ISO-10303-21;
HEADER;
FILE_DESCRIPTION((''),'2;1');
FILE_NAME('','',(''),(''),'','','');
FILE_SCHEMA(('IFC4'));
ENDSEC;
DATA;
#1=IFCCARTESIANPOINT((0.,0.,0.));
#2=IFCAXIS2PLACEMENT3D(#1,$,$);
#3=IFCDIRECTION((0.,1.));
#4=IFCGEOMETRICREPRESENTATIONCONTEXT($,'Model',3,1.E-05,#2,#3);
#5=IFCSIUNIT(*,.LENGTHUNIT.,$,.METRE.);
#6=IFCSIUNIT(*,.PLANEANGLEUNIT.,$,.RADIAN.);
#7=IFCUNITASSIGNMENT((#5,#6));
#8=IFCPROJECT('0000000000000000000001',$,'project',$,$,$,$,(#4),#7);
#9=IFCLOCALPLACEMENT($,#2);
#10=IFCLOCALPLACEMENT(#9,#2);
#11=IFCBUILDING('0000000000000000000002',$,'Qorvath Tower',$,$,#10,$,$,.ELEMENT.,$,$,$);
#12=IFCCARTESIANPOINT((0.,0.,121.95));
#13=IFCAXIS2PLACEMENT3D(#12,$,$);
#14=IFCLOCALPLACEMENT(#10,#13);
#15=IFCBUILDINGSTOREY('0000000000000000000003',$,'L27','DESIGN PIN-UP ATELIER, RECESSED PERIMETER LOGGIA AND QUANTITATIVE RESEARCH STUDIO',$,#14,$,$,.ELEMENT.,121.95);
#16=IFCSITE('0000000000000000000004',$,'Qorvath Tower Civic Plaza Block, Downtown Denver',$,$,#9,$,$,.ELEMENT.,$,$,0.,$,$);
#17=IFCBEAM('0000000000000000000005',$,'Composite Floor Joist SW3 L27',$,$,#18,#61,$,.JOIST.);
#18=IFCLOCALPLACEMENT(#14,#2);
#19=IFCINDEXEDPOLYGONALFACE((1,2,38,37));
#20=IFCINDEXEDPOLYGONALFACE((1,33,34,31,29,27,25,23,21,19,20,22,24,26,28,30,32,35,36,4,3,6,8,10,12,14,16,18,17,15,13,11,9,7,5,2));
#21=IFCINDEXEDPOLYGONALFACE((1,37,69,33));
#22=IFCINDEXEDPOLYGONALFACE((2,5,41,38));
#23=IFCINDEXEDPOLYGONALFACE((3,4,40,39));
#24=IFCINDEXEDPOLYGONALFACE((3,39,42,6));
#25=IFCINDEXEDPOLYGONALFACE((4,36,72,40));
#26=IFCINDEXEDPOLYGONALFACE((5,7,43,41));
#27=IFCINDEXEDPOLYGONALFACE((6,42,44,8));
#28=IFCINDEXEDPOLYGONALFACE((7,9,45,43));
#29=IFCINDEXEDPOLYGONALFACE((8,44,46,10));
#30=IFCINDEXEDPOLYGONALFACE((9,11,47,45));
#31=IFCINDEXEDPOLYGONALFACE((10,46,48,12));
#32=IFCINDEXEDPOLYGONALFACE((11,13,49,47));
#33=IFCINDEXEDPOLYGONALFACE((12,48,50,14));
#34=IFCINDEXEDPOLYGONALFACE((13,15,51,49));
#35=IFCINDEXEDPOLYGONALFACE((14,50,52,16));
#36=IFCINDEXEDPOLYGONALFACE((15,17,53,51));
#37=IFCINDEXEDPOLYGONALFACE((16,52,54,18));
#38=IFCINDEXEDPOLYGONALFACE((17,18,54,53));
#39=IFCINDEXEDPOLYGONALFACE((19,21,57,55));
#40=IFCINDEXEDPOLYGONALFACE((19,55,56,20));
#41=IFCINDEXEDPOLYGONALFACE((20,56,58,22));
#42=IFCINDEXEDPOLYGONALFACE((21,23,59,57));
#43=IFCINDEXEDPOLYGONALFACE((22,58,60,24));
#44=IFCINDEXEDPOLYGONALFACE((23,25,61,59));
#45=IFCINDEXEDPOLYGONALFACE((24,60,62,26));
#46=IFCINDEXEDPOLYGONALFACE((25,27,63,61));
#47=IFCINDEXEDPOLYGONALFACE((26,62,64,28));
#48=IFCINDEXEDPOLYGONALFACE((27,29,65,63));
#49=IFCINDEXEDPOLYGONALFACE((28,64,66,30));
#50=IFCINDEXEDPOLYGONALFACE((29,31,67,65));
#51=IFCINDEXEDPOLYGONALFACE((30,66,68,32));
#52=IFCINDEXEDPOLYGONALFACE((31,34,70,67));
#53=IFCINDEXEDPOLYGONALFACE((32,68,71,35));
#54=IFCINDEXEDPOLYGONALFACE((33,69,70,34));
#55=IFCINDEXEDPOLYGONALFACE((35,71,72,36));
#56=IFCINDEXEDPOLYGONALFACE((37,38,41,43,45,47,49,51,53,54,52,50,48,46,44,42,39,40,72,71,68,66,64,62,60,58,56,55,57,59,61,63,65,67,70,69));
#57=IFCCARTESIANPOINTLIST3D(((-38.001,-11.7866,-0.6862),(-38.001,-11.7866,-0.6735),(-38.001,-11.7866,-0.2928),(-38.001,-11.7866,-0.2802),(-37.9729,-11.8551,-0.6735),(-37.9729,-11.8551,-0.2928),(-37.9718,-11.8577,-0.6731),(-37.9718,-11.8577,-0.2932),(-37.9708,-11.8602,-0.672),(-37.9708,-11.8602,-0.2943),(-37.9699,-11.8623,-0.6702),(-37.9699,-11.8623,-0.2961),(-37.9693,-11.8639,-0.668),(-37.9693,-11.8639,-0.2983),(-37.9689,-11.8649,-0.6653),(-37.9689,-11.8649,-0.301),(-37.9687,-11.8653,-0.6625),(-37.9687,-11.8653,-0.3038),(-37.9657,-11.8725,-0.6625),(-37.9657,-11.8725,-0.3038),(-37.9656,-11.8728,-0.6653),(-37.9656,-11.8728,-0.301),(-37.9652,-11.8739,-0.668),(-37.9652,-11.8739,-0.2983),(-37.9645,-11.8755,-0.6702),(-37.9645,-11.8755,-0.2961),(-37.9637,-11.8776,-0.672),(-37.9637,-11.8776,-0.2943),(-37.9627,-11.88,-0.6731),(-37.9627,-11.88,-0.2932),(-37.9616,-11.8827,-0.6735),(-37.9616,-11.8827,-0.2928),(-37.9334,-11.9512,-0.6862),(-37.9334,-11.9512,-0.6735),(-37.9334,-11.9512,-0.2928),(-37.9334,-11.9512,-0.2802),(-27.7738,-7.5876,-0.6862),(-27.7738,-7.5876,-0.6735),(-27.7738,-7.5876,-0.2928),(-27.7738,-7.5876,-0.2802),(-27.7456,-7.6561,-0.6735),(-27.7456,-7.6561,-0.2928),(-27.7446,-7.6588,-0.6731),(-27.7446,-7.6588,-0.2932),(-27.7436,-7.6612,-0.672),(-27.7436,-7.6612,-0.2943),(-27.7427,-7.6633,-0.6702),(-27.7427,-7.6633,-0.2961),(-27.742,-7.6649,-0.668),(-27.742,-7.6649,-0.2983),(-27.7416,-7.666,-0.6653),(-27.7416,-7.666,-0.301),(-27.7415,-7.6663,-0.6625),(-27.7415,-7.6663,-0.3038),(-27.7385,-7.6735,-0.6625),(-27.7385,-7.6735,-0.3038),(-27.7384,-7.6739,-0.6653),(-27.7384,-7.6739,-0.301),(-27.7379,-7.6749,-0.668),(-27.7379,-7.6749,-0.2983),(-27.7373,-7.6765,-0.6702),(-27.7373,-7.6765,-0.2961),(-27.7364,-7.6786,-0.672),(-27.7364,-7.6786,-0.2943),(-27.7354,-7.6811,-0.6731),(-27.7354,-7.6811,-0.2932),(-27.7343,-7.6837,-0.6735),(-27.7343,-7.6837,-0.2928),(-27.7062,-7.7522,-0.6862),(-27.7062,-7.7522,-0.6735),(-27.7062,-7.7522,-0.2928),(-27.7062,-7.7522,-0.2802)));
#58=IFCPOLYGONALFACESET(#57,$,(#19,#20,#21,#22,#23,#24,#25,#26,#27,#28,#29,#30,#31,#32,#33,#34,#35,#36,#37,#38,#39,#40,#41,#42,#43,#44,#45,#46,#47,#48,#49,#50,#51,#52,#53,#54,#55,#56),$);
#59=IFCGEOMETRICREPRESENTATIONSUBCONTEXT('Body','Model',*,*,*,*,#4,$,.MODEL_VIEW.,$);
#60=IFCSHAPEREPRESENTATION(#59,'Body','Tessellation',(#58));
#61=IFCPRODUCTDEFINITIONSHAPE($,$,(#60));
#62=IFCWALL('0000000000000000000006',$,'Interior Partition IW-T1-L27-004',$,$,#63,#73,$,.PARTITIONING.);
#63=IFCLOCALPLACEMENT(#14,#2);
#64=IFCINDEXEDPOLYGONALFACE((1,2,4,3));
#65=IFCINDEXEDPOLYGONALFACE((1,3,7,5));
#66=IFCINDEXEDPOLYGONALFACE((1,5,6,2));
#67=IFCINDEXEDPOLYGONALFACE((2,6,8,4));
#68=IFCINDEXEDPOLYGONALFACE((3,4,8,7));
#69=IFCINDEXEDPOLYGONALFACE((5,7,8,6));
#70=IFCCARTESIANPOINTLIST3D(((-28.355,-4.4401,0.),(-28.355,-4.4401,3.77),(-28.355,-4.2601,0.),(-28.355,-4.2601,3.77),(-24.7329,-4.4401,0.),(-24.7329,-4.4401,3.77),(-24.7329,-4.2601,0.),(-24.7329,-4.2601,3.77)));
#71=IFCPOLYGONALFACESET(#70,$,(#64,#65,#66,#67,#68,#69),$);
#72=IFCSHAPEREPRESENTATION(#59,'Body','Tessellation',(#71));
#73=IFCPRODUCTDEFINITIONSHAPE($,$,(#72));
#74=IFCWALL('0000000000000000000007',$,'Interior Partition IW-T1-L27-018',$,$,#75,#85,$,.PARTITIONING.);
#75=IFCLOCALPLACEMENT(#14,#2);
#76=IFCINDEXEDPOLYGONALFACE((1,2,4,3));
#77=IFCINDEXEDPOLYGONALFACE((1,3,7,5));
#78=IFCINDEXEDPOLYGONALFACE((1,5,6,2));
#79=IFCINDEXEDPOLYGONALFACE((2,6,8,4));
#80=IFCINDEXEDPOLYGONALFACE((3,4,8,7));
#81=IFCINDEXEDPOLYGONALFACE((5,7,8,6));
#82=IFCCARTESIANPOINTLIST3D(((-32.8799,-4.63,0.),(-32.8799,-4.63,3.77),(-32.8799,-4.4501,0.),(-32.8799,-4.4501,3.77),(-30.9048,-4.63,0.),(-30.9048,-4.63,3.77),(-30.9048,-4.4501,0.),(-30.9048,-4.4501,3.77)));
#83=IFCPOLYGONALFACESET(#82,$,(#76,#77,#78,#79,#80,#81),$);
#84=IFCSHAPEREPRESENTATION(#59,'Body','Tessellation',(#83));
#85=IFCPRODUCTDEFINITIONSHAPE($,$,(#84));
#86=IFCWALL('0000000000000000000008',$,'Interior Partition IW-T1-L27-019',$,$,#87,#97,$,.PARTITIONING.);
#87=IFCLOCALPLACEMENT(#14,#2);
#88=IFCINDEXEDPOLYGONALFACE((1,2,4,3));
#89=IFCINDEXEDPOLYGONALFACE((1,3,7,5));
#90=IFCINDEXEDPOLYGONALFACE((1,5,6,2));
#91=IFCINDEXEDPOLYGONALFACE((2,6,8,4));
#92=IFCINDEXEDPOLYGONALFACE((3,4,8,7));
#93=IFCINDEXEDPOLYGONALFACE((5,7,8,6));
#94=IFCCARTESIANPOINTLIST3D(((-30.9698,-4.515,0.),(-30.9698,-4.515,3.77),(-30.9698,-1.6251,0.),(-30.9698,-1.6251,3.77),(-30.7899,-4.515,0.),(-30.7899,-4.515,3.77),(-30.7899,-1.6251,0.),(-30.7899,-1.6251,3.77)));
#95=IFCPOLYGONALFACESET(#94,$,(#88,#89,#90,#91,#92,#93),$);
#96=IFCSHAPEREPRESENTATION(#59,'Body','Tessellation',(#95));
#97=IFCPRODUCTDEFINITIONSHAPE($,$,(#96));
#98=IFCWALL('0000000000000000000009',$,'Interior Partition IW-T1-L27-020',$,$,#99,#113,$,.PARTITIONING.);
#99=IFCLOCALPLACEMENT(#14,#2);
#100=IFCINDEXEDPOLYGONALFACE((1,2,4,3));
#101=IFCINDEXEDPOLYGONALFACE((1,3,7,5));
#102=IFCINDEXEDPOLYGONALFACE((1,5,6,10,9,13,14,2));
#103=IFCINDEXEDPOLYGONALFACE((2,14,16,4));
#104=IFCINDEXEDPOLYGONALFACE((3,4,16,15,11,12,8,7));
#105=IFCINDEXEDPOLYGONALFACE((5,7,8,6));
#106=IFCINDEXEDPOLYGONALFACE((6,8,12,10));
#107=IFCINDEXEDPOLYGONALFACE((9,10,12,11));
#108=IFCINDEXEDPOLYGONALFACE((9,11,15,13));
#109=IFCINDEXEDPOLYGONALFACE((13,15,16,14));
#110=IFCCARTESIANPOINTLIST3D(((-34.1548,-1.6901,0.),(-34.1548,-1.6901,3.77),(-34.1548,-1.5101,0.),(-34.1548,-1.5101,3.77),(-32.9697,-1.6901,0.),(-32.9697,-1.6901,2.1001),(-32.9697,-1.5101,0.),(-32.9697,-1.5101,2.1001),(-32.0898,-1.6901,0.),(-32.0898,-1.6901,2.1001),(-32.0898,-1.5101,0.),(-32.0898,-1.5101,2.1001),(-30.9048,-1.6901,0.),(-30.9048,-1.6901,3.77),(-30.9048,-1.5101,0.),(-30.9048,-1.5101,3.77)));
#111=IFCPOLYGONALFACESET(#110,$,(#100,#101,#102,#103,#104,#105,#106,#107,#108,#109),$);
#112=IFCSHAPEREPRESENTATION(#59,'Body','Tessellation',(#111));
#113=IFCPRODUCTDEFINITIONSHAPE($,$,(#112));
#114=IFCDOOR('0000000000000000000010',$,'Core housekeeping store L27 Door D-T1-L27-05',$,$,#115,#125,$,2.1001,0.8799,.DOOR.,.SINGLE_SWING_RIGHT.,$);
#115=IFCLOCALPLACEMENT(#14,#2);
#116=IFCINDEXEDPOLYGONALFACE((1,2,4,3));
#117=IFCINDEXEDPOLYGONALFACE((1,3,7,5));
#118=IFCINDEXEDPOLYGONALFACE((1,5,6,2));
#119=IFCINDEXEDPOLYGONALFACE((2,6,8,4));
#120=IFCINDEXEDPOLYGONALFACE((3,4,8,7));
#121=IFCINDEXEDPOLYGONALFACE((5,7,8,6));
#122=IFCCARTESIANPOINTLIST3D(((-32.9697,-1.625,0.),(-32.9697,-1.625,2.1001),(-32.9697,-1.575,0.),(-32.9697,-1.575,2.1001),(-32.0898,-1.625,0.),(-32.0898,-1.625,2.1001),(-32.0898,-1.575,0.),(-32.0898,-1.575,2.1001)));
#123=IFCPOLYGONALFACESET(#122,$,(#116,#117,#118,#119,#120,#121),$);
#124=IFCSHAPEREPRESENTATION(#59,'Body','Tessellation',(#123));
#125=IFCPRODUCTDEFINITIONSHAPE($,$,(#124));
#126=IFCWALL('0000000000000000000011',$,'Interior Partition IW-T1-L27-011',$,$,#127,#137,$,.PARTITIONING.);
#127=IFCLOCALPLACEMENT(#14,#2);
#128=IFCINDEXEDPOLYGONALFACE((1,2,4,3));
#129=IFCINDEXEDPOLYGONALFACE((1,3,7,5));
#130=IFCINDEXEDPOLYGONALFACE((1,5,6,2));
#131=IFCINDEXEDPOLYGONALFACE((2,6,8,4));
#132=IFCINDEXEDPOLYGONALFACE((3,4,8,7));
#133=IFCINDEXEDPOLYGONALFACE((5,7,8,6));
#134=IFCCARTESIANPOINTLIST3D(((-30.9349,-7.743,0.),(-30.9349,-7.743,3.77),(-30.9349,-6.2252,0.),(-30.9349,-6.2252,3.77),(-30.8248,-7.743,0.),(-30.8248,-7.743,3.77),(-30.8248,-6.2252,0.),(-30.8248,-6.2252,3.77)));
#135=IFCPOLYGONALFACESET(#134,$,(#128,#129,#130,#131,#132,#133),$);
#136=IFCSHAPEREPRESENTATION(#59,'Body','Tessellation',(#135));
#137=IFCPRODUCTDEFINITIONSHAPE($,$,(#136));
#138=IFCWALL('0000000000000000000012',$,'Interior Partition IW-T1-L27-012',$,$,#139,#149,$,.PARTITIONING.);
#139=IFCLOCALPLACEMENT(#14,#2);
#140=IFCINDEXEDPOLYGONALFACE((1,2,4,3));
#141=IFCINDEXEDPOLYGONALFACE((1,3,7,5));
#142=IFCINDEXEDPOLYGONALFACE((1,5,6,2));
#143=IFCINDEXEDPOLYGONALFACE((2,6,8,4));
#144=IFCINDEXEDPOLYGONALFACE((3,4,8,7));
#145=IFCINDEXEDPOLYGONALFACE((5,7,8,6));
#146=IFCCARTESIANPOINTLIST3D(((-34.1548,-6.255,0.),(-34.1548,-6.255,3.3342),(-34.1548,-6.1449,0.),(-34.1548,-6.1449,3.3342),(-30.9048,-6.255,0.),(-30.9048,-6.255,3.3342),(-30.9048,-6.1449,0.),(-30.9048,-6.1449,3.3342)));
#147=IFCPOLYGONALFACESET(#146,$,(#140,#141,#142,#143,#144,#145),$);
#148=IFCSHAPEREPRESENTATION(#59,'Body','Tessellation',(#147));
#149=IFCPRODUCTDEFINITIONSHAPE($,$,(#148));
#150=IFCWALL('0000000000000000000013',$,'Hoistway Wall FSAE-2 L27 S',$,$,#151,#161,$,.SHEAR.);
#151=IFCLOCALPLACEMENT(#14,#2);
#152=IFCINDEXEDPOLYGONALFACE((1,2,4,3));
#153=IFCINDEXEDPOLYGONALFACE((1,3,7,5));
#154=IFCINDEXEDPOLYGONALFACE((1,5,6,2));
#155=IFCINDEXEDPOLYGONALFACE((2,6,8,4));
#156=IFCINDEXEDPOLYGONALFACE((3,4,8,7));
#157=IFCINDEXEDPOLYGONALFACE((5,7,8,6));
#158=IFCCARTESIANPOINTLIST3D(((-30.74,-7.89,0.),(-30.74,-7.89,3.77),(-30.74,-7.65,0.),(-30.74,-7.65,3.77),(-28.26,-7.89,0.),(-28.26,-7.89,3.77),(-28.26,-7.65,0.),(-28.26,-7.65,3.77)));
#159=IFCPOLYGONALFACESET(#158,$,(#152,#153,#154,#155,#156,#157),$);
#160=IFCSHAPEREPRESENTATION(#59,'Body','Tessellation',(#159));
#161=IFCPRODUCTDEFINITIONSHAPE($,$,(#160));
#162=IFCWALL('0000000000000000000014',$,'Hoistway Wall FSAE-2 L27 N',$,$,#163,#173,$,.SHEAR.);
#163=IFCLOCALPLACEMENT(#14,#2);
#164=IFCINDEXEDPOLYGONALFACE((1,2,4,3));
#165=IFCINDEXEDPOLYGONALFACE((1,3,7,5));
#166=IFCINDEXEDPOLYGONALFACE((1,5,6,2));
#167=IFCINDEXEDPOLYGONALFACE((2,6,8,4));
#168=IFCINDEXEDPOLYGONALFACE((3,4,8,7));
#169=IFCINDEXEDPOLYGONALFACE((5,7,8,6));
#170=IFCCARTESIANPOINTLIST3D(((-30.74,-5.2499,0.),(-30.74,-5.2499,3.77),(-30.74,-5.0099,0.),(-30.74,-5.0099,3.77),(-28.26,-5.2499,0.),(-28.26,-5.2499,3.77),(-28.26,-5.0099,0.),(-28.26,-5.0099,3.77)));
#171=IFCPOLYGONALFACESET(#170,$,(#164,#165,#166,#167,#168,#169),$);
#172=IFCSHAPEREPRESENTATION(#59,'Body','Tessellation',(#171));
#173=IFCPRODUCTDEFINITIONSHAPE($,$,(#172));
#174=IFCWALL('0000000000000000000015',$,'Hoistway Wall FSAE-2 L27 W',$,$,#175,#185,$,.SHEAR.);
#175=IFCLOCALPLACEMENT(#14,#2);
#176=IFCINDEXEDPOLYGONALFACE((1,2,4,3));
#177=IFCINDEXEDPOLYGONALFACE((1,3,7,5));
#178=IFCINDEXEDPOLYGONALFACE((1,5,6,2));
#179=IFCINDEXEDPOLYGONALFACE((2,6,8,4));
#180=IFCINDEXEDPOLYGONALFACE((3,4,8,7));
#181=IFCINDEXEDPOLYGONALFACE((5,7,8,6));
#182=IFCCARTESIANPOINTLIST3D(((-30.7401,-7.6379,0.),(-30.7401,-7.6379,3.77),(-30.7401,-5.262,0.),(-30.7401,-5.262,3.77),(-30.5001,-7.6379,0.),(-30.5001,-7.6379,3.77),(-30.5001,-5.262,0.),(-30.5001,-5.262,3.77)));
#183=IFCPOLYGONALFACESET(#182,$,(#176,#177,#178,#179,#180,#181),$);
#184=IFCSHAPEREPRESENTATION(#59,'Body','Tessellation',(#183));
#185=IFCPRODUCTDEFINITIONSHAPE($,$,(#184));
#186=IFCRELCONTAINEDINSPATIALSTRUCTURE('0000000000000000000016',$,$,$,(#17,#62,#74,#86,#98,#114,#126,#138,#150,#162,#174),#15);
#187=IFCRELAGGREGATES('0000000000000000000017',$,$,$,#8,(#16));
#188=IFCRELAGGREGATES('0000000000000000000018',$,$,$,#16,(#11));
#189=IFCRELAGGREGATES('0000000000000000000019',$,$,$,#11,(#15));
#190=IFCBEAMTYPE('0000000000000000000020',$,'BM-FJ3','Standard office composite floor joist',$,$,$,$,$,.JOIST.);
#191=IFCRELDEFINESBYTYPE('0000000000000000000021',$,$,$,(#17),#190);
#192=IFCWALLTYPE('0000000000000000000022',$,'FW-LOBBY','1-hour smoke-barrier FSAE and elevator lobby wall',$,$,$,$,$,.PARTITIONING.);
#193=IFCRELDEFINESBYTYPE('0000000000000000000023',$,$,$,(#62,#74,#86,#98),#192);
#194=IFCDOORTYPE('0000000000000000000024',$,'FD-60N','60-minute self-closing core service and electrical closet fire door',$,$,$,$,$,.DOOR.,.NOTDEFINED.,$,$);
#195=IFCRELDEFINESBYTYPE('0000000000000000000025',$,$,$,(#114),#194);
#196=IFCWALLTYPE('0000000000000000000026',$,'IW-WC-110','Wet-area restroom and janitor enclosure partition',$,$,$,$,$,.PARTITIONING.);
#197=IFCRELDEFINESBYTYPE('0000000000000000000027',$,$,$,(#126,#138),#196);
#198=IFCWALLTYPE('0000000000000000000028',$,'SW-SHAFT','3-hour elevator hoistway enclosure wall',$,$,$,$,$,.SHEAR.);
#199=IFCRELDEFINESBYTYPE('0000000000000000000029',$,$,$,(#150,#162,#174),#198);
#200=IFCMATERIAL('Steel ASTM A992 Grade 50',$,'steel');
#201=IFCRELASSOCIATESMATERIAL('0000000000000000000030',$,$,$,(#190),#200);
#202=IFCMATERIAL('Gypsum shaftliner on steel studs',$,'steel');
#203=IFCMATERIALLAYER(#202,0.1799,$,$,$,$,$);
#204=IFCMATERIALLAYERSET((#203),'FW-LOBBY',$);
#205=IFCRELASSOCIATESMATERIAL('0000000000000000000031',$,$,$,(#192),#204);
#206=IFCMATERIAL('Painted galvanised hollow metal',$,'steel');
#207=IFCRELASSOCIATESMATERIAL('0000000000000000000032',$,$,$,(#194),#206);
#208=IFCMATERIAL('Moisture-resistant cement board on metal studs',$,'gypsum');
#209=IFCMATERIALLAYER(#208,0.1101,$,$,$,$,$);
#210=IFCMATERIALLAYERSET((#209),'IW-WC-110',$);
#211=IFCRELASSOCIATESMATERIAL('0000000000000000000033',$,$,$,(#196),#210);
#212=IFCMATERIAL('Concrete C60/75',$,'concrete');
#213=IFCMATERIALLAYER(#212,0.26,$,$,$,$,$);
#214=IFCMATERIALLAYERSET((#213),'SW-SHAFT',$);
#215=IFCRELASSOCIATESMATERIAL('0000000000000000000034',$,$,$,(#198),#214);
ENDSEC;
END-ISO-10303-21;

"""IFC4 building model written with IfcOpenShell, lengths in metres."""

from ifc_helpers import new_model, si_unit, direction, frame, frame_2d, origin, origin_2d, place, context, subcontext, project, spatial, rectangle, i_section, extrude, material, layer, layer_set, material_profile, profile_set, type_object, element, fill, save


model = new_model("IFC4")

# Units and contexts
model_context = context("Model", 3, precision=1e-05, world=origin(), true_north=direction((0.0, 1.0)))
body_context = subcontext(model_context, "Body", "Model", "MODEL_VIEW")
ifc_project = project(units=[si_unit("LENGTHUNIT", "METRE"), si_unit("PLANEANGLEUNIT", "RADIAN")], contexts=[model_context])

# Site, building, storey
site_placement = place(None, origin())
site = spatial("IfcSite", under=ifc_project, at=site_placement, Name="Qorvath Tower Civic Plaza Block, Downtown Denver", CompositionType="ELEMENT", RefElevation=0.0)
building_placement = place(site_placement, origin())
building = spatial("IfcBuilding", under=site, at=building_placement, Name="Qorvath Tower", CompositionType="ELEMENT")
storey_placement = place(building_placement, frame((0.0, 0.0, 121.95)))
storey = spatial("IfcBuildingStorey", under=building, at=storey_placement, Name="L27", Description="DESIGN PIN-UP ATELIER, RECESSED PERIMETER LOGGIA AND QUANTITATIVE RESEARCH STUDIO", CompositionType="ELEMENT", Elevation=121.95)

# Beam
ifc_material_1 = material(Name="Steel ASTM A992 Grade 50", Category="steel")
ifc_material_profile_1 = material_profile(ifc_material_1, i_section(OverallWidth=0.178, OverallDepth=0.406, WebThickness=0.0078, FlangeThickness=0.0127, FilletRadius=0.011, at=origin_2d()), Name="W16x40")
ifc_profile_set_1 = profile_set([ifc_material_profile_1], Name="Steel ASTM A992 Grade 50")
beam_type_1 = type_object("IfcBeamType", Name="BM-FJ3", Description="Standard office composite floor joist", PredefinedType="JOIST", material=ifc_profile_set_1)
beam_1_placement = place(storey_placement, frame((-27.74, -7.6699, -0.4832), z_axis=(-0.925068, -0.379801, 0.0), x_axis=(0.379801, -0.925068, 0.0)))
element("IfcBeam", 1, at=beam_1_placement, inside=storey, type_object=beam_type_1, Name="Composite Floor Joist SW3 L27", PredefinedType="JOIST", context=body_context, shape_type="SweptSolid", body=[
    extrude(i_section(OverallWidth=0.178, OverallDepth=0.406, WebThickness=0.0078, FlangeThickness=0.0127, FilletRadius=0.011, at=origin_2d()), origin(), (0.0, 0.0, 1.0), 11.0557),
])

# Walls
ifc_material_2 = material(Name="Gypsum shaftliner on steel studs", Category="steel")
ifc_layer_1 = layer(ifc_material_2, 0.1799)
ifc_layer_set_1 = layer_set([ifc_layer_1], Name="FW-LOBBY")
wall_type_1 = type_object("IfcWallType", Name="FW-LOBBY", Description="1-hour smoke-barrier FSAE and elevator lobby wall", PredefinedType="PARTITIONING", material=ifc_layer_set_1)
wall_1_placement = place(storey_placement, frame((-24.7329, -4.3501, 0.0), z_axis=(0.0, 0.0, 1.0), x_axis=(-1.0, 0.0, 0.0)))
element("IfcWall", 2, at=wall_1_placement, inside=storey, type_object=wall_type_1, Name="Interior Partition IW-T1-L27-004", PredefinedType="PARTITIONING", context=body_context, shape_type="SweptSolid", body=[
    extrude(rectangle(XDim=3.6221, YDim=0.1799, at=frame_2d((1.811, 0.0))), origin(), (0.0, 0.0, 1.0), 3.77),
])
wall_2_placement = place(storey_placement, frame((-32.8799, -4.54, 0.0), z_axis=(0.0, 0.0, 1.0), x_axis=(1.0, 0.0, 0.0)))
element("IfcWall", 3, at=wall_2_placement, inside=storey, type_object=wall_type_1, Name="Interior Partition IW-T1-L27-018", PredefinedType="PARTITIONING", context=body_context, shape_type="SweptSolid", body=[
    extrude(rectangle(XDim=1.9751, YDim=0.1799, at=frame_2d((0.9875, 0.0))), origin(), (0.0, 0.0, 1.0), 3.77),
])
wall_3_placement = place(storey_placement, frame((-30.8799, -4.5149, 0.0), z_axis=(0.0, 0.0, 1.0), x_axis=(0.0, 1.0, 0.0)))
element("IfcWall", 4, at=wall_3_placement, inside=storey, type_object=wall_type_1, Name="Interior Partition IW-T1-L27-019", PredefinedType="PARTITIONING", context=body_context, shape_type="SweptSolid", body=[
    extrude(rectangle(XDim=2.8899, YDim=0.1799, at=frame_2d((1.4448, 0.0))), origin(), (0.0, 0.0, 1.0), 3.77),
])

# Wall, opening, door
wall_4_placement = place(storey_placement, frame((-30.9048, -1.6001, 0.0), z_axis=(0.0, 0.0, 1.0), x_axis=(-1.0, 0.0, 0.0)))
wall_4 = element("IfcWall", 5, at=wall_4_placement, inside=storey, type_object=wall_type_1, Name="Interior Partition IW-T1-L27-020", PredefinedType="PARTITIONING", context=body_context, shape_type="SweptSolid", body=[
    extrude(rectangle(XDim=3.25, YDim=0.1799, at=frame_2d((1.625, 0.0))), origin(), (0.0, 0.0, 1.0), 3.77),
])
opening_1_placement = place(wall_4_placement, frame((1.1851, 0.0, 0.0)))
opening_1 = element("IfcOpeningElement", 6, at=opening_1_placement, cuts=wall_4, PredefinedType="OPENING", context=body_context, shape_type="SweptSolid", body=[
    extrude(rectangle(XDim=0.8799, YDim=2.1001, at=frame_2d((0.4399, 1.05))), frame((0.0, 0.1001, 0.0), z_axis=(0.0, -1.0, 0.0), x_axis=(1.0, 0.0, 0.0)), (0.0, 0.0, 1.0), 0.2),
])
ifc_material_3 = material(Name="Painted galvanised hollow metal", Category="steel")
door_type_1 = type_object("IfcDoorType", Name="FD-60N", Description="60-minute self-closing core service and electrical closet fire door", OperationType="NOTDEFINED", PredefinedType="DOOR", material=ifc_material_3)
door_1_placement = place(opening_1_placement, origin())
door_1 = element("IfcDoor", 7, at=door_1_placement, inside=storey, type_object=door_type_1, Name="Core housekeeping store L27 Door D-T1-L27-05", OperationType="SINGLE_SWING_RIGHT", OverallHeight=2.1001, OverallWidth=0.8799, PredefinedType="DOOR", context=body_context, shape_type="SweptSolid", body=[
    extrude(rectangle(XDim=0.8799, YDim=2.1001, at=frame_2d((0.4399, 1.05))), frame((0.0, 0.0249, 0.0), z_axis=(0.0, -1.0, 0.0), x_axis=(1.0, 0.0, 0.0)), (0.0, 0.0, 1.0), 0.05),
])
fill(opening_1, door_1)

# Walls
ifc_material_4 = material(Name="Moisture-resistant cement board on metal studs", Category="gypsum")
ifc_layer_2 = layer(ifc_material_4, 0.1101)
ifc_layer_set_2 = layer_set([ifc_layer_2], Name="IW-WC-110")
wall_type_2 = type_object("IfcWallType", Name="IW-WC-110", Description="Wet-area restroom and janitor enclosure partition", PredefinedType="PARTITIONING", material=ifc_layer_set_2)
wall_5_placement = place(storey_placement, frame((-30.8799, -7.7429, 0.0), z_axis=(0.0, 0.0, 1.0), x_axis=(0.0, 1.0, 0.0)))
element("IfcWall", 8, at=wall_5_placement, inside=storey, type_object=wall_type_2, Name="Interior Partition IW-T1-L27-011", PredefinedType="PARTITIONING", context=body_context, shape_type="SweptSolid", body=[
    extrude(rectangle(XDim=1.5178, YDim=0.1101, at=frame_2d((0.7588, 0.0))), origin(), (0.0, 0.0, 1.0), 3.77),
])
wall_6_placement = place(storey_placement, frame((-30.9048, -6.2, 0.0), z_axis=(0.0, 0.0, 1.0), x_axis=(-1.0, 0.0, 0.0)))
element("IfcWall", 9, at=wall_6_placement, inside=storey, type_object=wall_type_2, Name="Interior Partition IW-T1-L27-012", PredefinedType="PARTITIONING", context=body_context, shape_type="SweptSolid", body=[
    extrude(rectangle(XDim=3.25, YDim=0.1101, at=frame_2d((1.625, 0.0))), origin(), (0.0, 0.0, 1.0), 3.3342),
])
ifc_material_5 = material(Name="Concrete C60/75", Category="concrete")
ifc_layer_3 = layer(ifc_material_5, 0.26)
ifc_layer_set_3 = layer_set([ifc_layer_3], Name="SW-SHAFT")
wall_type_3 = type_object("IfcWallType", Name="SW-SHAFT", Description="3-hour elevator hoistway enclosure wall", PredefinedType="SHEAR", material=ifc_layer_set_3)
for number, where, z_axis, x_axis, name in (
    (10, (-28.26, -7.77, 0.0), (0.0, 0.0, 1.0), (-1.0, 0.0, 0.0), "Hoistway Wall FSAE-2 L27 S"),
    (11, (-30.74, -5.1299, 0.0), (0.0, 0.0, 1.0), (1.0, 0.0, 0.0), "Hoistway Wall FSAE-2 L27 N"),
):
    element("IfcWall", number, at=place(storey_placement, frame(where, z_axis=z_axis, x_axis=x_axis)), inside=storey, type_object=wall_type_3, Name=name, PredefinedType="SHEAR", context=body_context, shape_type="SweptSolid", body=[
        extrude(rectangle(XDim=2.48, YDim=0.24, at=frame_2d((1.24, 0.0))), origin(), (0.0, 0.0, 1.0), 3.77),
    ])
wall_7_placement = place(storey_placement, frame((-30.6201, -7.6379, 0.0), z_axis=(0.0, 0.0, 1.0), x_axis=(0.0, 1.0, 0.0)))
element("IfcWall", 12, at=wall_7_placement, inside=storey, type_object=wall_type_3, Name="Hoistway Wall FSAE-2 L27 W", PredefinedType="SHEAR", context=body_context, shape_type="SweptSolid", body=[
    extrude(rectangle(XDim=2.376, YDim=0.24, at=frame_2d((1.188, 0.0))), origin(), (0.0, 0.0, 1.0), 3.77),
])

save(model, "model.ifc")
